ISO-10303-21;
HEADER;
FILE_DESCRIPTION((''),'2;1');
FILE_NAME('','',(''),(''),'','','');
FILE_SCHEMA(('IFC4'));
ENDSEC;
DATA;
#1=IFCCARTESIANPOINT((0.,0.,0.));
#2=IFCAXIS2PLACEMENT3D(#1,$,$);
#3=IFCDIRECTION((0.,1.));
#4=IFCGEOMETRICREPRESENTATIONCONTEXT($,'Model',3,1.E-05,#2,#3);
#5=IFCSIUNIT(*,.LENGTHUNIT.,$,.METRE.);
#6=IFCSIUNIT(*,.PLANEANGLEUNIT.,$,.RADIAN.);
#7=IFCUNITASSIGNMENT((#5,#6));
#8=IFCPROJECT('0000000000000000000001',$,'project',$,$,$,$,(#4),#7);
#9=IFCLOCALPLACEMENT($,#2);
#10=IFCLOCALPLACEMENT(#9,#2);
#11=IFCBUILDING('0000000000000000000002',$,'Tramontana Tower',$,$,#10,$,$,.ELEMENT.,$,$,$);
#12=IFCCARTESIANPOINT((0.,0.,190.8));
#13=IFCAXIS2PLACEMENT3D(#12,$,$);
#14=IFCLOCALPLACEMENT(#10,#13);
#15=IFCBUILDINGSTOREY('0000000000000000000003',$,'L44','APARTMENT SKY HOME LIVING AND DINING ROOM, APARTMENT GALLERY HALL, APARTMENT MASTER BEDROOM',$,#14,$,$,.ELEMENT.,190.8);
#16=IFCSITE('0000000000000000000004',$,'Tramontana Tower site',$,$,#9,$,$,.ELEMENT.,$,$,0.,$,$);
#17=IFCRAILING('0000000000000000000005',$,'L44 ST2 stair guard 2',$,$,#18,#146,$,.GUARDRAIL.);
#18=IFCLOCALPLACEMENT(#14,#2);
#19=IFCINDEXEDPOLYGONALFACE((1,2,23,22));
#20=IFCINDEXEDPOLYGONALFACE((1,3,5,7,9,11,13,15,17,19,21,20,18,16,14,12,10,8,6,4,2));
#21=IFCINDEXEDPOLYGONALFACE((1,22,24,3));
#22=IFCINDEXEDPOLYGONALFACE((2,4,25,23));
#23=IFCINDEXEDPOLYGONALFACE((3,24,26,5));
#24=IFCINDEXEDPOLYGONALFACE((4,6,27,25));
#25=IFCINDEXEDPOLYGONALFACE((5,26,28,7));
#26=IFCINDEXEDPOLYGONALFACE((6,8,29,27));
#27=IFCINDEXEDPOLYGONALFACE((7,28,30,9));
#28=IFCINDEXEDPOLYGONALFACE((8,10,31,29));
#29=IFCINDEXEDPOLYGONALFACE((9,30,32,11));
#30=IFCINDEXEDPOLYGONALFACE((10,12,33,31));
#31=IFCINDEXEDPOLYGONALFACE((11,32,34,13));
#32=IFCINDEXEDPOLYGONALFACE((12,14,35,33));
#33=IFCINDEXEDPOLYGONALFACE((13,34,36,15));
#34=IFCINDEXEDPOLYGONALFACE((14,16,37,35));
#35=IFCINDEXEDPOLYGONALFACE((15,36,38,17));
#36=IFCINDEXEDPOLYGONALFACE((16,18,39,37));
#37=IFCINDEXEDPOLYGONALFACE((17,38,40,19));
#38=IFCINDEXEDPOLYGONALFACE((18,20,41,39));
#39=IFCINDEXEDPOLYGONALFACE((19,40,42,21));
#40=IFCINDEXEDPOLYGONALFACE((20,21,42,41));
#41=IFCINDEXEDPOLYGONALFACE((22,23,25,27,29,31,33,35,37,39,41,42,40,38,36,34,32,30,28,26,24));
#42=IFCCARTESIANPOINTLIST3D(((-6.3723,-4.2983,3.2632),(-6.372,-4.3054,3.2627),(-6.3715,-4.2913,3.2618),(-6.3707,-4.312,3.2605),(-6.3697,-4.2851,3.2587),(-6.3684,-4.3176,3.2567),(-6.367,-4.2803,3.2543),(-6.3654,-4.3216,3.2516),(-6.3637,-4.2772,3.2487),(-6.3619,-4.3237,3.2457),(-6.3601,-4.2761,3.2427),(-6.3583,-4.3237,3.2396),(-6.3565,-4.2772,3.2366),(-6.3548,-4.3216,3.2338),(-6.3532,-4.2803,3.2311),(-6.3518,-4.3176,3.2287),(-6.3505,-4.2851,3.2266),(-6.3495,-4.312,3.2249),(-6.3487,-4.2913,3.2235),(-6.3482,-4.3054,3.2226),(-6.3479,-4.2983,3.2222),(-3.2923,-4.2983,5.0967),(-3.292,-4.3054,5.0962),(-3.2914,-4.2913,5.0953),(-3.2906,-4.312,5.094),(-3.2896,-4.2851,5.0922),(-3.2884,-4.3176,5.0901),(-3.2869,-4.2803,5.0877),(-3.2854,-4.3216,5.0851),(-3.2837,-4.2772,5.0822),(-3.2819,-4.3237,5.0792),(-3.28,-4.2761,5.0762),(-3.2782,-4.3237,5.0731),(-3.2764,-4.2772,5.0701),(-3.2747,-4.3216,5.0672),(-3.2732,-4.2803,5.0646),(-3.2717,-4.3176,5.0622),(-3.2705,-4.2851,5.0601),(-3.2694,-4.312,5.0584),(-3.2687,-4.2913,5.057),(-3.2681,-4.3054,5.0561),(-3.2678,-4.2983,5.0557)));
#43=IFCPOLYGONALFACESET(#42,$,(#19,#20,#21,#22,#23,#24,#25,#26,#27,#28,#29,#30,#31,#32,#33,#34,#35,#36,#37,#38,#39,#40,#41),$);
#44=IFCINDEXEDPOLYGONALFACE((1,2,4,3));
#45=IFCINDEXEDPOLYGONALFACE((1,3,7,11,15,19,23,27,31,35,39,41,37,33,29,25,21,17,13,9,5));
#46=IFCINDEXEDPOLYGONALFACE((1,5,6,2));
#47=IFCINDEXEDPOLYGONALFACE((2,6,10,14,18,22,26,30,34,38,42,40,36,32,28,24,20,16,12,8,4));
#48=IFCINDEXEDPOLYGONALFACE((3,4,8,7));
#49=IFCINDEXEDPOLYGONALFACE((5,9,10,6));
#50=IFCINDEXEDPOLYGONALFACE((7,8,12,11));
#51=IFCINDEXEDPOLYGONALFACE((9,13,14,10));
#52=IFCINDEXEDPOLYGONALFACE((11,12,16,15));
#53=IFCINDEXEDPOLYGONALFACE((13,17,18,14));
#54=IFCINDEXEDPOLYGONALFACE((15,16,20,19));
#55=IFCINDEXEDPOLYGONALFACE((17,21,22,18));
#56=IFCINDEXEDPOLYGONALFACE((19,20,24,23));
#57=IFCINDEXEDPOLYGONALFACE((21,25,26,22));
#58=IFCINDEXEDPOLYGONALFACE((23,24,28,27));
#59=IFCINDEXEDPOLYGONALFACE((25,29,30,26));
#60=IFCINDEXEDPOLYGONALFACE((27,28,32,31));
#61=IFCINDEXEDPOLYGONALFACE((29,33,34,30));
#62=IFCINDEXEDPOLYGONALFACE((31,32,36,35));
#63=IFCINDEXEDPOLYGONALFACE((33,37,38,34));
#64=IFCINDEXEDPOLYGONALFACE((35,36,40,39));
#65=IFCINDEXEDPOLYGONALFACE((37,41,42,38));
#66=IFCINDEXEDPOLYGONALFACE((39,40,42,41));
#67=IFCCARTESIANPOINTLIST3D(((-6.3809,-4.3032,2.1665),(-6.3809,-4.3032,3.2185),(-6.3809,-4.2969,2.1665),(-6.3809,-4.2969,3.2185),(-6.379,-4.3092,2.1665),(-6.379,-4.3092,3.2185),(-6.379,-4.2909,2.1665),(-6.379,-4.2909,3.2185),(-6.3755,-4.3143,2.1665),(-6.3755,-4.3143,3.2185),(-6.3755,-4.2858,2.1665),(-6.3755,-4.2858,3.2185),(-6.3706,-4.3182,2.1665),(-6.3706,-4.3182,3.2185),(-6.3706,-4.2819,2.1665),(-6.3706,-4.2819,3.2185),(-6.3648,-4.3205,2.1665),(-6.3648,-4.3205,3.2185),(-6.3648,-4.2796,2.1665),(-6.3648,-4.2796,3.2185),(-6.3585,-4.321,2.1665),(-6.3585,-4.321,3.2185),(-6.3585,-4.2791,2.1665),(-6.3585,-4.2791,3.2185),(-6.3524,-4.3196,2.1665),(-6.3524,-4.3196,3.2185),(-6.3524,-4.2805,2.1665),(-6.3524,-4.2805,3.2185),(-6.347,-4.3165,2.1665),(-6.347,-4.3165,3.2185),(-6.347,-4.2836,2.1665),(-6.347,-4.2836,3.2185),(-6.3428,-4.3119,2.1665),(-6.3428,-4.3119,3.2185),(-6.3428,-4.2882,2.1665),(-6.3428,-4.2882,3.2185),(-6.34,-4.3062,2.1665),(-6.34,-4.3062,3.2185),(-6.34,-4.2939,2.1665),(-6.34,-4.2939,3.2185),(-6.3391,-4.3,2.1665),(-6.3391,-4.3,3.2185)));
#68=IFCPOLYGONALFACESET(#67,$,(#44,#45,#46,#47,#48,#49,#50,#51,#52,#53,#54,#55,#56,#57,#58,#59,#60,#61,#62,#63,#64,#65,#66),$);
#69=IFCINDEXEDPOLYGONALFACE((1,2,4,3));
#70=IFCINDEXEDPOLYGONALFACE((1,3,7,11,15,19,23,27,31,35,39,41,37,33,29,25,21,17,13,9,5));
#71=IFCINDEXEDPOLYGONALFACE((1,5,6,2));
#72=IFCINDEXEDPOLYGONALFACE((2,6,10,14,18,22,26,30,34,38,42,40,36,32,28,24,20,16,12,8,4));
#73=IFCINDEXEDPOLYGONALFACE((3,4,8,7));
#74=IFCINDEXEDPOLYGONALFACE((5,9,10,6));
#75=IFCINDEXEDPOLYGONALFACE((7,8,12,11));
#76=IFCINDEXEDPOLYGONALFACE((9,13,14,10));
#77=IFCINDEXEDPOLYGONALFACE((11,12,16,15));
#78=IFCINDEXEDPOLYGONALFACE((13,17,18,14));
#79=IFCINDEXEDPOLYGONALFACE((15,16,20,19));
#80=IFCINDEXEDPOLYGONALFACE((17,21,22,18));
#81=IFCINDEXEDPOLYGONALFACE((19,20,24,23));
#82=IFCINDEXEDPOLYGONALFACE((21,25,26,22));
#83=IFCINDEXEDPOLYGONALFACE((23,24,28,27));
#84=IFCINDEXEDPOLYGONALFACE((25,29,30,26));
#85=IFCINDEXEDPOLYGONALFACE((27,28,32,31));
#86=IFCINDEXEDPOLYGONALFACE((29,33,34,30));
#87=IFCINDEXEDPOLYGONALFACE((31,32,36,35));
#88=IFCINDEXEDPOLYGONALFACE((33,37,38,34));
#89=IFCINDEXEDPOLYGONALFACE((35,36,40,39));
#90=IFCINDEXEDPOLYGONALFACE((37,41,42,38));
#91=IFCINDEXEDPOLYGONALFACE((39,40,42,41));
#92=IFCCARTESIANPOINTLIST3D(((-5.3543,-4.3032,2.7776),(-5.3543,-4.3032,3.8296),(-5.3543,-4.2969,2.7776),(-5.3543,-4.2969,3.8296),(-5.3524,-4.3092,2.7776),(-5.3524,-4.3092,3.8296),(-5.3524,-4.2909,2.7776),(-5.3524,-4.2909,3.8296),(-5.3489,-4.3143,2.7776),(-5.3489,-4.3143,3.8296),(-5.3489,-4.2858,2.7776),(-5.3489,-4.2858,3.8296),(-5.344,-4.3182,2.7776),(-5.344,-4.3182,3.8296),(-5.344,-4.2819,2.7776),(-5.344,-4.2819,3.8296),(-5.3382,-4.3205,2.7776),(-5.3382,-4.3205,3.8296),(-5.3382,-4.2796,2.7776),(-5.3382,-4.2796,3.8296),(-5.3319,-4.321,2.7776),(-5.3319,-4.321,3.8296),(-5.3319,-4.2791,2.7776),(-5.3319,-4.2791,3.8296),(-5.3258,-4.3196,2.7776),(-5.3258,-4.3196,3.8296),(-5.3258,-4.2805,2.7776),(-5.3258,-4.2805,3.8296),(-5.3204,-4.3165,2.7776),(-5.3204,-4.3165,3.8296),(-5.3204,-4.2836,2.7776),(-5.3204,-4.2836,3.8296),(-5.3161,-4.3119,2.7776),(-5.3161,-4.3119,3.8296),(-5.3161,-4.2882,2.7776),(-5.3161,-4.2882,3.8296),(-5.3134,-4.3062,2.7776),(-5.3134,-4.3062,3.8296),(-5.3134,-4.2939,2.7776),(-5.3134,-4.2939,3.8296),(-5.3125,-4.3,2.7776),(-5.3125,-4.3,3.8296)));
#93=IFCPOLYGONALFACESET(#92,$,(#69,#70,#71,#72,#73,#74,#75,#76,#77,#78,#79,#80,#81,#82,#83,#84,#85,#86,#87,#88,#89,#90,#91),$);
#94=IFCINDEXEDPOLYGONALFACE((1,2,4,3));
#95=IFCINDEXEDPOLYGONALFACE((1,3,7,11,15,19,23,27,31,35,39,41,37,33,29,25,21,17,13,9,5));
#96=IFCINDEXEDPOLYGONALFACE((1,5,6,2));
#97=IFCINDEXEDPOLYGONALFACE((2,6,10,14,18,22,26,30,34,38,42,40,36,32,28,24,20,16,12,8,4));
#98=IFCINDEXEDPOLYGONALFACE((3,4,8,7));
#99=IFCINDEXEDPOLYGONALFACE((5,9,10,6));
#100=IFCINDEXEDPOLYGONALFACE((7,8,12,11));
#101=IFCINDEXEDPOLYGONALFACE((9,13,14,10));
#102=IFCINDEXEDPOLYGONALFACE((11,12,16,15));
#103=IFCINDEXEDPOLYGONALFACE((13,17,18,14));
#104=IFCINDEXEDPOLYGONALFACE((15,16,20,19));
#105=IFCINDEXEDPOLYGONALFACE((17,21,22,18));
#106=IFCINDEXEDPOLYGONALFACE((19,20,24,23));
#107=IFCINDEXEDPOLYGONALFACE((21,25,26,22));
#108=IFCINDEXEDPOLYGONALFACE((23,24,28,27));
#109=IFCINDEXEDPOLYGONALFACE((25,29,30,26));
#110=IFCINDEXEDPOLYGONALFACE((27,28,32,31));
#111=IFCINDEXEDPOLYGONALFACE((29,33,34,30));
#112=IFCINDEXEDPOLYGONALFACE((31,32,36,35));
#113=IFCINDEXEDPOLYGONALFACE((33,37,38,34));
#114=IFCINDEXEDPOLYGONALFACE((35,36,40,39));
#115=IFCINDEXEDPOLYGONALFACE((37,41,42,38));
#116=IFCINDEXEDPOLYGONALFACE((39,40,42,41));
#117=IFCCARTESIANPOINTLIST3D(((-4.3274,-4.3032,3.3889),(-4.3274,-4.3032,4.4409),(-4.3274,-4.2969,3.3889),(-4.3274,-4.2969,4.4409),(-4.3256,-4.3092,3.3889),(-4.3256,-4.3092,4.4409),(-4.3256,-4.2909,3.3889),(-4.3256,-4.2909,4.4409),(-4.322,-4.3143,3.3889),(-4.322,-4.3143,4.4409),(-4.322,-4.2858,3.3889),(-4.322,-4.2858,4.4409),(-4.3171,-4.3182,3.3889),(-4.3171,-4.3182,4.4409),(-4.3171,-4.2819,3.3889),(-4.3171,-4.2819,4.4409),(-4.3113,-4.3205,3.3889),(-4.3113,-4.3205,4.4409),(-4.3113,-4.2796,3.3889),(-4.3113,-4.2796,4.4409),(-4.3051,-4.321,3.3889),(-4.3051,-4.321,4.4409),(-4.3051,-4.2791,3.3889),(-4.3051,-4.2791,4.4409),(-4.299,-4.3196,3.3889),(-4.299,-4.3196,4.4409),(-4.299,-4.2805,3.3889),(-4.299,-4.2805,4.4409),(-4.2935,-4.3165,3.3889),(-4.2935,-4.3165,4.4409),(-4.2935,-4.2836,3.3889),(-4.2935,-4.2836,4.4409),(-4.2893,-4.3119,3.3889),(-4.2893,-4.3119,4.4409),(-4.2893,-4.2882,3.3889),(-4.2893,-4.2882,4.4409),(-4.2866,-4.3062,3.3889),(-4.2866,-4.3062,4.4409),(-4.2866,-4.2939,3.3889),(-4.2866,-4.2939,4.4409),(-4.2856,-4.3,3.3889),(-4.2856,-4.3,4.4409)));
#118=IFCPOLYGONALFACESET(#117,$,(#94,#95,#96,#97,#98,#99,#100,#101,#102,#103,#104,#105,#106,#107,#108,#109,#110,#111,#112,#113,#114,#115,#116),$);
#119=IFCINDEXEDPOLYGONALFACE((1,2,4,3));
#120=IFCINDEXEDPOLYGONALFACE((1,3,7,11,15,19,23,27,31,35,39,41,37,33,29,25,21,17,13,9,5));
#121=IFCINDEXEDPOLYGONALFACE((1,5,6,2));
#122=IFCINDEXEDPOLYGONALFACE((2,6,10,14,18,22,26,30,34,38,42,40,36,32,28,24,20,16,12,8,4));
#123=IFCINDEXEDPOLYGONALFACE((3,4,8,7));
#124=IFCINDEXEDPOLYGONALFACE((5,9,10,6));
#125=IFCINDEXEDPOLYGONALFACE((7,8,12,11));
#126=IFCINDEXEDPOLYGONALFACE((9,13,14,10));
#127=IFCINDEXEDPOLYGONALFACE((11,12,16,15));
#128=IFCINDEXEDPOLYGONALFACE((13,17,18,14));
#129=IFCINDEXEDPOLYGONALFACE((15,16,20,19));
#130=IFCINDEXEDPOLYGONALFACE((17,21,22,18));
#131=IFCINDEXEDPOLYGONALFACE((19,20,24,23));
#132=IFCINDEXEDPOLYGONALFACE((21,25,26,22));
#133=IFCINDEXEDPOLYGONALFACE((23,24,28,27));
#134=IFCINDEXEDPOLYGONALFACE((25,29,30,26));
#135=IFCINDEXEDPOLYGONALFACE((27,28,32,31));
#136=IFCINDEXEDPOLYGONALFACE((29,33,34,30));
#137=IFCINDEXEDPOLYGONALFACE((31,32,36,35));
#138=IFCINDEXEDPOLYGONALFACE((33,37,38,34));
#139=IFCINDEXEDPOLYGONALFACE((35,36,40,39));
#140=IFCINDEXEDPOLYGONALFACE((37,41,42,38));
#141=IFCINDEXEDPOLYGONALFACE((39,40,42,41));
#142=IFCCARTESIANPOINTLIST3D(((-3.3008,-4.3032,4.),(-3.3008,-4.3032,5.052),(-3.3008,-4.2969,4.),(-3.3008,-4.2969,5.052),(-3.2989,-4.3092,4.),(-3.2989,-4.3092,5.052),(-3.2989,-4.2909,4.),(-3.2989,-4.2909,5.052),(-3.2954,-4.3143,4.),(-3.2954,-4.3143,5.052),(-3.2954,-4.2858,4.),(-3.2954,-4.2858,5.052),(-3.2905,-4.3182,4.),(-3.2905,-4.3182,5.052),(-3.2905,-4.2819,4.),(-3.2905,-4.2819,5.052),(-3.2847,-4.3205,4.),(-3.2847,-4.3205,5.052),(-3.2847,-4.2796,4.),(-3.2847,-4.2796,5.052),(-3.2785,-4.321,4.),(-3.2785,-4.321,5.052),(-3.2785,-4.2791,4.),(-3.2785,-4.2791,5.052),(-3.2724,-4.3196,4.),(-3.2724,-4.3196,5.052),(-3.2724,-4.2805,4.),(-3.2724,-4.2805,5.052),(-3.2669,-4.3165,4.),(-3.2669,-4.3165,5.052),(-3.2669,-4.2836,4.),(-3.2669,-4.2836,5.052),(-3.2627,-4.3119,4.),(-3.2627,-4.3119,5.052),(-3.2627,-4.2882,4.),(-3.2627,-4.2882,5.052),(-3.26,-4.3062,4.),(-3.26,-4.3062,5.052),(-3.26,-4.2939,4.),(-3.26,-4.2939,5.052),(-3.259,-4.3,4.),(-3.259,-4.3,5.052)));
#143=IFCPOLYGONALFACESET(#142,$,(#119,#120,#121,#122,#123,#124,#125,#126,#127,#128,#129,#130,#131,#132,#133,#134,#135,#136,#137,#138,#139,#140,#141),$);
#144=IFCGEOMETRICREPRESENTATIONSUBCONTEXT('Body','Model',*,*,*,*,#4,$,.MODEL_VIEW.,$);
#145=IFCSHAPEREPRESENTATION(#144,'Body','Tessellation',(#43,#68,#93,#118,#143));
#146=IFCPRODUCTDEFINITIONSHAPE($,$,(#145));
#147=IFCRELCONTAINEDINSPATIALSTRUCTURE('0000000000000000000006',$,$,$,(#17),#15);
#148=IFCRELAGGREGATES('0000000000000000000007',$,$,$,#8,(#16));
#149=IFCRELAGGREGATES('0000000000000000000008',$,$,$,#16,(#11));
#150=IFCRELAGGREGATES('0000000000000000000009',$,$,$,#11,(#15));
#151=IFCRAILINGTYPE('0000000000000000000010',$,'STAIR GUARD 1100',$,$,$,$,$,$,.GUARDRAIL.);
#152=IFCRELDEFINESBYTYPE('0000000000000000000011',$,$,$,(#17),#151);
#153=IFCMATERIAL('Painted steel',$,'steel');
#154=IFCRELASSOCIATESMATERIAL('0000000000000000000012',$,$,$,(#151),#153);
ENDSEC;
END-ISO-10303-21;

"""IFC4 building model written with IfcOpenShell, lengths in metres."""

from ifc_helpers import new_model, si_unit, direction, frame, origin, origin_2d, place, context, subcontext, project, spatial, circle, extrude, material, type_object, element, save


model = new_model("IFC4")

# Units and contexts
model_context = context("Model", 3, precision=1e-05, world=origin(), true_north=direction((0.0, 1.0)))
body_context = subcontext(model_context, "Body", "Model", "MODEL_VIEW")
ifc_project = project(units=[si_unit("LENGTHUNIT", "METRE"), si_unit("PLANEANGLEUNIT", "RADIAN")], contexts=[model_context])

# Site, building, storey
site_placement = place(None, origin())
site = spatial("IfcSite", under=ifc_project, at=site_placement, Name="Tramontana Tower site", CompositionType="ELEMENT", RefElevation=0.0)
building_placement = place(site_placement, origin())
building = spatial("IfcBuilding", under=site, at=building_placement, Name="Tramontana Tower", CompositionType="ELEMENT")
storey_placement = place(building_placement, frame((0.0, 0.0, 190.8)))
storey = spatial("IfcBuildingStorey", under=building, at=storey_placement, Name="L44", Description="APARTMENT SKY HOME LIVING AND DINING ROOM, APARTMENT GALLERY HALL, APARTMENT MASTER BEDROOM", CompositionType="ELEMENT", Elevation=190.8)

# Railing
ifc_material_1 = material(Name="Painted steel", Category="steel")
railing_type_1 = type_object("IfcRailingType", Name="STAIR GUARD 1100", PredefinedType="GUARDRAIL", material=ifc_material_1)
railing_1_placement = place(storey_placement, frame((-6.3601, -4.3, 2.1665)))
element("IfcRailing", 1, at=railing_1_placement, inside=storey, type_object=railing_type_1, Name="L44 ST2 stair guard 2", PredefinedType="GUARDRAIL", context=body_context, shape_type="SweptSolid", body=[
    extrude(circle(Radius=0.0239, at=origin_2d()), frame((0.0, 0.0, 1.0762), z_axis=(0.859279, 0.0, 0.511508), x_axis=(0.0, 1.0, 0.0)), (0.0, 0.0, 1.0), 3.5845),
    extrude(circle(Radius=0.021, at=origin_2d()), origin(), (0.0, 0.0, 1.0), 1.052),
    extrude(circle(Radius=0.021, at=origin_2d()), frame((1.0266, 0.0, 0.6111)), (0.0, 0.0, 1.0), 1.052),
    extrude(circle(Radius=0.021, at=origin_2d()), frame((2.0535, 0.0, 1.2224)), (0.0, 0.0, 1.0), 1.052),
    extrude(circle(Radius=0.021, at=origin_2d()), frame((3.0801, 0.0, 1.8335)), (0.0, 0.0, 1.0), 1.052),
])

save(model, "model.ifc")
